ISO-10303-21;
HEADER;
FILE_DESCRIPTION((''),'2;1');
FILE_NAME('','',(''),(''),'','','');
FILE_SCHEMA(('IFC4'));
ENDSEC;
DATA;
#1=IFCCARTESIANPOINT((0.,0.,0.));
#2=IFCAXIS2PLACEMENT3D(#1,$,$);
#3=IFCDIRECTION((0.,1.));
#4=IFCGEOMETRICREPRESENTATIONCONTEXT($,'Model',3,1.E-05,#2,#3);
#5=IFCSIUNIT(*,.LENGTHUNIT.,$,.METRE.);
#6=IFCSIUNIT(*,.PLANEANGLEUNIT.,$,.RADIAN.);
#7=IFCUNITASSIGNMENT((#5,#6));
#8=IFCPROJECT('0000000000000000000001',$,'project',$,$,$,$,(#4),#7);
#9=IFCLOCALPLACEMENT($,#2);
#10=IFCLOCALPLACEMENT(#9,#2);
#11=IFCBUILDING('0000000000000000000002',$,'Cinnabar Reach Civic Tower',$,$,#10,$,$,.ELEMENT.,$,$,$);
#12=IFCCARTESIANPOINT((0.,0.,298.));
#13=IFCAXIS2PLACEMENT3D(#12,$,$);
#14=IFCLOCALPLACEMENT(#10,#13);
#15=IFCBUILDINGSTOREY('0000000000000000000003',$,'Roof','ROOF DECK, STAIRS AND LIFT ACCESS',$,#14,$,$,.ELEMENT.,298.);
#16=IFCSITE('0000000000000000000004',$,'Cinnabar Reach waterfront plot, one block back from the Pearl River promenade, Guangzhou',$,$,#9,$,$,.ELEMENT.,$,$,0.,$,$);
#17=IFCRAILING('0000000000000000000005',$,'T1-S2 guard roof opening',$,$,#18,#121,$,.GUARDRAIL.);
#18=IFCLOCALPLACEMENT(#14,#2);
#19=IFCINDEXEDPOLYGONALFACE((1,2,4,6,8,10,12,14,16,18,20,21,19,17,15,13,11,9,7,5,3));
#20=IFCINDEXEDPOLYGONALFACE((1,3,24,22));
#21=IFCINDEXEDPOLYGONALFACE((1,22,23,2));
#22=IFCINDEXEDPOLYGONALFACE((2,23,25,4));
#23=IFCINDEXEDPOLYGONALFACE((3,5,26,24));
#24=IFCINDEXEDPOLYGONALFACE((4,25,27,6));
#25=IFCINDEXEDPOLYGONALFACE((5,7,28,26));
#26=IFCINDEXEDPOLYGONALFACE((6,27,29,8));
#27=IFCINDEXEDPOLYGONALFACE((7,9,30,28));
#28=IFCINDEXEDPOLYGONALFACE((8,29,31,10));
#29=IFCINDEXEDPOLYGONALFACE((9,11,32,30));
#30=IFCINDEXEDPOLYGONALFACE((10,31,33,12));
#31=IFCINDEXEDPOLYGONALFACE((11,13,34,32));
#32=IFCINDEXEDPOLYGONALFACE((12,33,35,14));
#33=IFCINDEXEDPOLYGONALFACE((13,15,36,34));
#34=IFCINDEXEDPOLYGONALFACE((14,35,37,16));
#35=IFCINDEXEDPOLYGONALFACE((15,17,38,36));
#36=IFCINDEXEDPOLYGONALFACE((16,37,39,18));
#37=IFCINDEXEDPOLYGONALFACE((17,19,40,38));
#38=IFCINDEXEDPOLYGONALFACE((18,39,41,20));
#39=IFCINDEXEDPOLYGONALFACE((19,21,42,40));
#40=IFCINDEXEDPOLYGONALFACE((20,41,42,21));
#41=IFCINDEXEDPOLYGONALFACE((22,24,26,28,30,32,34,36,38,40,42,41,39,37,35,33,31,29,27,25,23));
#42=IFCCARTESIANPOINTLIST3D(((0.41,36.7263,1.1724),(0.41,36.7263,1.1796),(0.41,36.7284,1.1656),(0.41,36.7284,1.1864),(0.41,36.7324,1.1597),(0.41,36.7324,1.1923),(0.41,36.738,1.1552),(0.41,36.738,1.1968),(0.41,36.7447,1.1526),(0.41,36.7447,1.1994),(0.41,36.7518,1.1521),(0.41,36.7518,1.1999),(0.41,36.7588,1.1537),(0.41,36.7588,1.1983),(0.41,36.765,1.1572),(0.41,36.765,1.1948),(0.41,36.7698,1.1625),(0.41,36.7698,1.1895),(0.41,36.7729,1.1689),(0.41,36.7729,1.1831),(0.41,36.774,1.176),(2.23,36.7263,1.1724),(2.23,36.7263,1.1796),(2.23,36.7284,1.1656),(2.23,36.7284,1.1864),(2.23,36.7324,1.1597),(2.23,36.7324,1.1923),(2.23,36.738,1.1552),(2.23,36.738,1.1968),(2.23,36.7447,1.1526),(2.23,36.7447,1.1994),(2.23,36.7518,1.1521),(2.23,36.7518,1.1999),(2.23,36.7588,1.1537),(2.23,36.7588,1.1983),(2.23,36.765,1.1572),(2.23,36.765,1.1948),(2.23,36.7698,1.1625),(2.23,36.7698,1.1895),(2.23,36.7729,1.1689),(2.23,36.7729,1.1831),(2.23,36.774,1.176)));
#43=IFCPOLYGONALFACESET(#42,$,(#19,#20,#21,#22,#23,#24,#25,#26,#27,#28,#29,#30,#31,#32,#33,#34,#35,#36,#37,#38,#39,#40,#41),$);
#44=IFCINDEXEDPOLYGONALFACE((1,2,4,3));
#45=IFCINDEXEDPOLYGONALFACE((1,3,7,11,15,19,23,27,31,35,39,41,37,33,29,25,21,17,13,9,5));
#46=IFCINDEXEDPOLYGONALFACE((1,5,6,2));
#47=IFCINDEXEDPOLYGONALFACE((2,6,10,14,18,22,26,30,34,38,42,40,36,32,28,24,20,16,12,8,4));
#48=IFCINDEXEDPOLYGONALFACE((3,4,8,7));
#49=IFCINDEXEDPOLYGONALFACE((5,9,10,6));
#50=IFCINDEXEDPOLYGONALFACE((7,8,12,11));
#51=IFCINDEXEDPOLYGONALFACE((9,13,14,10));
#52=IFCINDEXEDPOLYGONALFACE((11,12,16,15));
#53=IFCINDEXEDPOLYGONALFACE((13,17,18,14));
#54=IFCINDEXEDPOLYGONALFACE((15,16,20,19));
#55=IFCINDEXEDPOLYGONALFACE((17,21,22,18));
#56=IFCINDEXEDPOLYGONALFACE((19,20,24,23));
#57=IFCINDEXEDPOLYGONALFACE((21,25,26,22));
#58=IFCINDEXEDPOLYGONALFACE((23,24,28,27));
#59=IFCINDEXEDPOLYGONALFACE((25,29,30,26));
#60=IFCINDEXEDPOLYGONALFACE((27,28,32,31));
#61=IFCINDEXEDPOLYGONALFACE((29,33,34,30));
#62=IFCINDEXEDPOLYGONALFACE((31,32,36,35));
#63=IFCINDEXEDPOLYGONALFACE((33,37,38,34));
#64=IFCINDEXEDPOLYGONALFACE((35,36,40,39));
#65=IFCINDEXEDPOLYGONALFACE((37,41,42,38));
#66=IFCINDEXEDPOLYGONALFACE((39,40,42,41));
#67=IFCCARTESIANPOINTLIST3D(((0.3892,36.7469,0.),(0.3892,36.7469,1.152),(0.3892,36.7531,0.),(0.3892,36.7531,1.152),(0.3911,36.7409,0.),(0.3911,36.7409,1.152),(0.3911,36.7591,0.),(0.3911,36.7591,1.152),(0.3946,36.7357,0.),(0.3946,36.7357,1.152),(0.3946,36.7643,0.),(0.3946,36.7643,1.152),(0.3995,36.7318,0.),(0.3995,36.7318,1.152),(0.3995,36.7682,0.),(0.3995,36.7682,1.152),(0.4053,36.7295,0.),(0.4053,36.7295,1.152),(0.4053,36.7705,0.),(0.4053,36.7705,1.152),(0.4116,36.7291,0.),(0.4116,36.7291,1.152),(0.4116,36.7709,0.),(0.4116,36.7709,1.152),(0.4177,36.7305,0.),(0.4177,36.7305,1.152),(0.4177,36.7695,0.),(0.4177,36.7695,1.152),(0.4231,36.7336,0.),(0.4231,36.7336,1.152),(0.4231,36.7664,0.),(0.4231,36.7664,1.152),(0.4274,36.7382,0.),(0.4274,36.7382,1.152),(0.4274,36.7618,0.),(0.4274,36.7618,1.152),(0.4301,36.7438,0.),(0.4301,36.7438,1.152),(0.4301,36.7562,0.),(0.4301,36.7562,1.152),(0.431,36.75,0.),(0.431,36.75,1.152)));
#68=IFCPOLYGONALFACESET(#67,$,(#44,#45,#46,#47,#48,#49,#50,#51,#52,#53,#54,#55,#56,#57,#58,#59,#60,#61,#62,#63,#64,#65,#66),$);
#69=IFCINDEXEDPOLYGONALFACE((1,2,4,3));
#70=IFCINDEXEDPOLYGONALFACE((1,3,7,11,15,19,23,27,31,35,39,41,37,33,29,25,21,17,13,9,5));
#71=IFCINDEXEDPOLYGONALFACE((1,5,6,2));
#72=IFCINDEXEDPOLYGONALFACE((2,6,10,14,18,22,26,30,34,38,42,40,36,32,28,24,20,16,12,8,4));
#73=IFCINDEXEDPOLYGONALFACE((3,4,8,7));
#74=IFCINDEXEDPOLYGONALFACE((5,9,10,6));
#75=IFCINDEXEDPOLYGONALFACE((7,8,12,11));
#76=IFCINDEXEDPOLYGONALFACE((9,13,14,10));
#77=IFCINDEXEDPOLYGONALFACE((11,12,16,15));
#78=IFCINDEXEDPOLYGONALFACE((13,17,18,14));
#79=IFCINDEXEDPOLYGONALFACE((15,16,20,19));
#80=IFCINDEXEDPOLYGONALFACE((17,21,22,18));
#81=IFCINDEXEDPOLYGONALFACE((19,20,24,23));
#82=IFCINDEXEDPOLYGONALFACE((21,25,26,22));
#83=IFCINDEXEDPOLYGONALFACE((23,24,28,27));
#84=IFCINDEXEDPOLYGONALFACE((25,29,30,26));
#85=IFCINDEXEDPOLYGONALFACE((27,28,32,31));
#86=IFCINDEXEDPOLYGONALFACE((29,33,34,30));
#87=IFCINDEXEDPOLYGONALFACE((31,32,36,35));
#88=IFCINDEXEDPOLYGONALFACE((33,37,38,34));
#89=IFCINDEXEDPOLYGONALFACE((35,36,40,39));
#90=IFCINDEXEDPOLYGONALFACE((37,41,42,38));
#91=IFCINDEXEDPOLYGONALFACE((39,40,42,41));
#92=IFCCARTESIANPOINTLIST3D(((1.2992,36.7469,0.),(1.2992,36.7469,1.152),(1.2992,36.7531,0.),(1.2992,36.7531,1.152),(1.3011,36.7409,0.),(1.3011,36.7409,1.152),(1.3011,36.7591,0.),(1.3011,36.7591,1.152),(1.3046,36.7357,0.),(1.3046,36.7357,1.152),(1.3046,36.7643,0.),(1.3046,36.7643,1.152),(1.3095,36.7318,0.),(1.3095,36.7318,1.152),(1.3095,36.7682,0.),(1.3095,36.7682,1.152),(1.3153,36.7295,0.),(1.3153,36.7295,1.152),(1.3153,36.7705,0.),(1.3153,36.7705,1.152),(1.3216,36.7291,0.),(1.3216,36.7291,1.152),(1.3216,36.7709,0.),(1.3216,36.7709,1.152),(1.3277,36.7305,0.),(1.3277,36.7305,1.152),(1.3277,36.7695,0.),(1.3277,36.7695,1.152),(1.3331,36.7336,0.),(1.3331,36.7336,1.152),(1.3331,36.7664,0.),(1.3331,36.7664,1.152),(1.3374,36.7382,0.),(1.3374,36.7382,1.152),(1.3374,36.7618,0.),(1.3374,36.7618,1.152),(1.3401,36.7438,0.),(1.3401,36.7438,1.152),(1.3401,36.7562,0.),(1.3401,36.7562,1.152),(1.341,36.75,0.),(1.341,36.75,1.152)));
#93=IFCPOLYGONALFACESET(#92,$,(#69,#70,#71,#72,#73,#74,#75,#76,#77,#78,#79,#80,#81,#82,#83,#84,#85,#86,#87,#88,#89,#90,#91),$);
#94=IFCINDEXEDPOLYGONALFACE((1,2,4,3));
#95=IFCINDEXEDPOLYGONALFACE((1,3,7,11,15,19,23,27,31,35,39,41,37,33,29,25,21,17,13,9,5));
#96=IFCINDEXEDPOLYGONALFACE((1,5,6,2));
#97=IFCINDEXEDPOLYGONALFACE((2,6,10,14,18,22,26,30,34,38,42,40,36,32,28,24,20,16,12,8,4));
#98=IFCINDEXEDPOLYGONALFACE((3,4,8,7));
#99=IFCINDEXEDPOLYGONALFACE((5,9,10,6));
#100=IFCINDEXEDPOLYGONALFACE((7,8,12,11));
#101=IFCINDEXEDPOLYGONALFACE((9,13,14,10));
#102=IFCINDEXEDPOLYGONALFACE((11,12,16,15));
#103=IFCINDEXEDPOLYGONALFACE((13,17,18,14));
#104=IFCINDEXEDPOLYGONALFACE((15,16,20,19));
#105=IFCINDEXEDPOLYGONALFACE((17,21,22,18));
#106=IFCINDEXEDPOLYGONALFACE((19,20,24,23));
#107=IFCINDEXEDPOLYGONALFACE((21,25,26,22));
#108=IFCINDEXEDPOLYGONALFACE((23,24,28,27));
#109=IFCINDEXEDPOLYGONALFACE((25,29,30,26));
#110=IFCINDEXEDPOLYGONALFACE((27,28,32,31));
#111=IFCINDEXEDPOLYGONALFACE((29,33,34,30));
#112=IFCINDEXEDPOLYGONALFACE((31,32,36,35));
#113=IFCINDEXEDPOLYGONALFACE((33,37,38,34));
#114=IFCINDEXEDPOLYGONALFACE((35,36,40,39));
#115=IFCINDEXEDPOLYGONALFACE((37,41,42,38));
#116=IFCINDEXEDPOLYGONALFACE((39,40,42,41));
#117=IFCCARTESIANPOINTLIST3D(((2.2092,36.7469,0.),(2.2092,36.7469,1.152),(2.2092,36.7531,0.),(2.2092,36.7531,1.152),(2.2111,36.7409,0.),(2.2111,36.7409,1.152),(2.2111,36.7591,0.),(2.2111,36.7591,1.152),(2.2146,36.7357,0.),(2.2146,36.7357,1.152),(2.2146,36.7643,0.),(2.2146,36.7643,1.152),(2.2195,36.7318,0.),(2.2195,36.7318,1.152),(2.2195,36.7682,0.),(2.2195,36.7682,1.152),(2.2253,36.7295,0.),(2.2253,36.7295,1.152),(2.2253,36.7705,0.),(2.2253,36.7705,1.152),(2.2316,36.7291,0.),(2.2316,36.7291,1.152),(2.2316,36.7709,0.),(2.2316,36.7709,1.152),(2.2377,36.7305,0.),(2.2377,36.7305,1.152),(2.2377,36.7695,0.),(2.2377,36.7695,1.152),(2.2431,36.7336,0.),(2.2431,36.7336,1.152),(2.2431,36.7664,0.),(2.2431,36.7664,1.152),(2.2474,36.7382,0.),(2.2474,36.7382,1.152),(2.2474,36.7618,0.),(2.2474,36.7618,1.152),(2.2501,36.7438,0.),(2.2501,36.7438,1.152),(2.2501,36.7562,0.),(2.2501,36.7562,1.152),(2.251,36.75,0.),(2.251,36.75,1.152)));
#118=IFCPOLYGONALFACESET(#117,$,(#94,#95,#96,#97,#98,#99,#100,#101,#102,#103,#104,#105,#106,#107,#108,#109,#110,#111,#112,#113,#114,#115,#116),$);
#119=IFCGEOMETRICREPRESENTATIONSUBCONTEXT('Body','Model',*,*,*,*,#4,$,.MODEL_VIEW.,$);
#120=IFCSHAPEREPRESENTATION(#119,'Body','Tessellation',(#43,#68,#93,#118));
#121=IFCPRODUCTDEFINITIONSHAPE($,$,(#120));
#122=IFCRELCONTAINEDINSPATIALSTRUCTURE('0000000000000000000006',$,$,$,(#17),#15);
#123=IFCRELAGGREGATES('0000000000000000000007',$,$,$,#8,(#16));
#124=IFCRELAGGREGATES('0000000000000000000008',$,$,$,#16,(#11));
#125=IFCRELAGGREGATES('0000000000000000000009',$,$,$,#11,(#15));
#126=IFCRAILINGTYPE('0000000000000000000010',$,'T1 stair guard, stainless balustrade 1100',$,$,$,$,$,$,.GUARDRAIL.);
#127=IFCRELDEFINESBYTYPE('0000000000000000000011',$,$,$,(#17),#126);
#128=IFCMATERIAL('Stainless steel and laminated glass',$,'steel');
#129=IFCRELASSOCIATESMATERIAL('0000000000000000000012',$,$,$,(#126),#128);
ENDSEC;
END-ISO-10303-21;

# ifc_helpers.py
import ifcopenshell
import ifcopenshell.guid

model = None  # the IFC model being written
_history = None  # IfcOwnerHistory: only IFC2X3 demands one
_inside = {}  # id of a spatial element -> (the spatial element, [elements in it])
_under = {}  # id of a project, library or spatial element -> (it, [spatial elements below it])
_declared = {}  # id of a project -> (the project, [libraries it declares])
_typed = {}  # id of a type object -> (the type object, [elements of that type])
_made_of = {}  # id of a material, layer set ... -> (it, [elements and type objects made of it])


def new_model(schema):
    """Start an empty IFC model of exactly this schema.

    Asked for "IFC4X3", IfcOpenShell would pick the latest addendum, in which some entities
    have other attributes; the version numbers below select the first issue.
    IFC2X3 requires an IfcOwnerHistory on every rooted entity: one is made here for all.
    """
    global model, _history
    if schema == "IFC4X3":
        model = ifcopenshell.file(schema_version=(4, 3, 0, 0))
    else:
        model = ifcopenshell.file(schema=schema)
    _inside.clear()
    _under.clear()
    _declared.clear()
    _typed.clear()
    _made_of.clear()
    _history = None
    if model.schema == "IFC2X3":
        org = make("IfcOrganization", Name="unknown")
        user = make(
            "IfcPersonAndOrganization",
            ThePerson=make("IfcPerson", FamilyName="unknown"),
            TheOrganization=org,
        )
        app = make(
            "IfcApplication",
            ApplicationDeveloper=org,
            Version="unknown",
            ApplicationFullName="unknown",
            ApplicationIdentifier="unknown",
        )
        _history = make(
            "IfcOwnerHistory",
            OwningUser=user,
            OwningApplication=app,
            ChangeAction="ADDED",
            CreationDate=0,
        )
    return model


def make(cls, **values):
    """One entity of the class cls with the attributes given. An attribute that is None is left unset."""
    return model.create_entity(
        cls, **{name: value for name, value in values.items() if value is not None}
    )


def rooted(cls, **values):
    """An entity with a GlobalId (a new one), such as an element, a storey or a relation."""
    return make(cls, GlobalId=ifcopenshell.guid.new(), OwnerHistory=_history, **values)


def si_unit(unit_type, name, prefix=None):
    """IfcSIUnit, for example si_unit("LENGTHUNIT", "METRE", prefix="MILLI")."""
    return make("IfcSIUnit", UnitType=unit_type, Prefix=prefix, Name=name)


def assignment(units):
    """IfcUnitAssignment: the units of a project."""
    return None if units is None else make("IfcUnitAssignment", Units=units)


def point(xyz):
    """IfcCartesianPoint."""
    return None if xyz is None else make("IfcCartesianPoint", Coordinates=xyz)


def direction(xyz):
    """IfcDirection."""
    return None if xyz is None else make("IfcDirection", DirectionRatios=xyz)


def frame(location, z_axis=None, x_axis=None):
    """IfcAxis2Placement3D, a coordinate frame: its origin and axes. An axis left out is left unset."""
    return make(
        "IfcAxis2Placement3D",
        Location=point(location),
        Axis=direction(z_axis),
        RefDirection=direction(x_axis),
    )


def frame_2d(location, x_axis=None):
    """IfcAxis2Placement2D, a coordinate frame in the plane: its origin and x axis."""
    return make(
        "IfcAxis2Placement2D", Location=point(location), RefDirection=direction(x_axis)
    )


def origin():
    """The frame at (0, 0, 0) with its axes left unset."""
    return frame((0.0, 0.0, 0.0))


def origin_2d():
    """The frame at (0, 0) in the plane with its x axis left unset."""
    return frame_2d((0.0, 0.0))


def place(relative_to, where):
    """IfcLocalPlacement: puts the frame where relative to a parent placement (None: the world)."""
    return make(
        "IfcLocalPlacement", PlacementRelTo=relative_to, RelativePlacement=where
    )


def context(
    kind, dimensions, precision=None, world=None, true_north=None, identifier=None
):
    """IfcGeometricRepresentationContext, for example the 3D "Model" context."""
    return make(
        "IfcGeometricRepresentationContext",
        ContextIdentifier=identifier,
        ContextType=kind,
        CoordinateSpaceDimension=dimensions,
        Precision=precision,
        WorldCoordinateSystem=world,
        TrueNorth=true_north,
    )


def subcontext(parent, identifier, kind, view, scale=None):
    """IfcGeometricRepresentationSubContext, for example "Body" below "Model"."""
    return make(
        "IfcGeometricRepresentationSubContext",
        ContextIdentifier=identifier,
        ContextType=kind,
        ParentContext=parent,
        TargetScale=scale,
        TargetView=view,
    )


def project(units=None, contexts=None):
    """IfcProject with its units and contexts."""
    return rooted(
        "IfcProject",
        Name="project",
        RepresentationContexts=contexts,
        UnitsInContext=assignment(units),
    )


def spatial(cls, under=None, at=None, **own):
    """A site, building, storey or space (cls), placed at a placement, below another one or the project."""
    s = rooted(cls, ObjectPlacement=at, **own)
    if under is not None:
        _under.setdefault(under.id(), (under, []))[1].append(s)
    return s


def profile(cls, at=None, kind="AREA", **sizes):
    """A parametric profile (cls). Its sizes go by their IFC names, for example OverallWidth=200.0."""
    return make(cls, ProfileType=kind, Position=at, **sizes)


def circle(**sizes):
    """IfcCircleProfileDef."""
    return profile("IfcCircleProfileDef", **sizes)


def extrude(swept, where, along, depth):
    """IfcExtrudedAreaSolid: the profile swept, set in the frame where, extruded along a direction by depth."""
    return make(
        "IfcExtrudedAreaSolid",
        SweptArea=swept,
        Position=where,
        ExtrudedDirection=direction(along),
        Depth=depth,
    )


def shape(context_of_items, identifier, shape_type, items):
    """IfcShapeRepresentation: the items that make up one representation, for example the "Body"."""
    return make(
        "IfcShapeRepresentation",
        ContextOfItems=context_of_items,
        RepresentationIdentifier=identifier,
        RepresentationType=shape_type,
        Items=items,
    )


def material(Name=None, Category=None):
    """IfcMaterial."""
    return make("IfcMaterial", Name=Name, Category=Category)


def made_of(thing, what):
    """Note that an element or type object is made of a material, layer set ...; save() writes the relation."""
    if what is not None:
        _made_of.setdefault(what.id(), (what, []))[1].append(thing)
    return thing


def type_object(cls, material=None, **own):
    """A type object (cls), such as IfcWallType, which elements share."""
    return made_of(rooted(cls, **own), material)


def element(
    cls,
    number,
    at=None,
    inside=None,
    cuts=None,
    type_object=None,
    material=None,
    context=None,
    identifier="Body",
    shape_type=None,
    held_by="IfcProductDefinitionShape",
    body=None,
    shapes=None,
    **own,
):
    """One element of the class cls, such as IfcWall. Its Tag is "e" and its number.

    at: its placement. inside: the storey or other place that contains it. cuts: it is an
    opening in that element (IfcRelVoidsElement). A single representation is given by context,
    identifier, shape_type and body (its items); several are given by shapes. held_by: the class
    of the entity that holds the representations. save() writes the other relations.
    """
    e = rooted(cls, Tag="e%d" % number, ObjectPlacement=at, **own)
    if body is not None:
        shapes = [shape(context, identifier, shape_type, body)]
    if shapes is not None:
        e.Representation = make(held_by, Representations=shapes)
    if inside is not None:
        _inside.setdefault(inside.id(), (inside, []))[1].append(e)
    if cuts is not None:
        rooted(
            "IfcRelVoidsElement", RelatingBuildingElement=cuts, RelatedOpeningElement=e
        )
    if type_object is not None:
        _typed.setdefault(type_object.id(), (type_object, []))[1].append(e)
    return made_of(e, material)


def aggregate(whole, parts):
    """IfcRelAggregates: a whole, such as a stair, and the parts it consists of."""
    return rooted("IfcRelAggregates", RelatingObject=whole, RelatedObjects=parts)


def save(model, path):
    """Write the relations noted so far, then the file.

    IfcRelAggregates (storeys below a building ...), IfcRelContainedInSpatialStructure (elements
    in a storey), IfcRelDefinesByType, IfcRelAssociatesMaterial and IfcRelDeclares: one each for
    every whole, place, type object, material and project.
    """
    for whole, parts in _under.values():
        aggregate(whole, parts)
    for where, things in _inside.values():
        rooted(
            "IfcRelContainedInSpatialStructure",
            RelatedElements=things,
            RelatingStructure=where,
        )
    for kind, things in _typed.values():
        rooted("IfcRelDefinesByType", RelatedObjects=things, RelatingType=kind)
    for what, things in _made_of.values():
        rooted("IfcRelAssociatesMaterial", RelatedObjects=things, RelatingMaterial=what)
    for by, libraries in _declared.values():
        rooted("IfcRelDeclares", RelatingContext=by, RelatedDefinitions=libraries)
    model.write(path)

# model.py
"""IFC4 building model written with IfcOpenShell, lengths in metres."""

from ifc_helpers import new_model, si_unit, direction, frame, origin, origin_2d, place, context, subcontext, project, spatial, circle, extrude, material, type_object, element, save


model = new_model("IFC4")

# Units and contexts
model_context = context("Model", 3, precision=1e-05, world=origin(), true_north=direction((0.0, 1.0)))
body_context = subcontext(model_context, "Body", "Model", "MODEL_VIEW")
ifc_project = project(units=[si_unit("LENGTHUNIT", "METRE"), si_unit("PLANEANGLEUNIT", "RADIAN")], contexts=[model_context])

# Site, building, storey
site_placement = place(None, origin())
site = spatial("IfcSite", under=ifc_project, at=site_placement, Name="Cinnabar Reach waterfront plot, one block back from the Pearl River promenade, Guangzhou", CompositionType="ELEMENT", RefElevation=0.0)
building_placement = place(site_placement, origin())
building = spatial("IfcBuilding", under=site, at=building_placement, Name="Cinnabar Reach Civic Tower", CompositionType="ELEMENT")
storey_placement = place(building_placement, frame((0.0, 0.0, 298.0)))
storey = spatial("IfcBuildingStorey", under=building, at=storey_placement, Name="Roof", Description="ROOF DECK, STAIRS AND LIFT ACCESS", CompositionType="ELEMENT", Elevation=298.0)

# Railing
ifc_material_1 = material(Name="Stainless steel and laminated glass", Category="steel")
railing_type_1 = type_object("IfcRailingType", Name="T1 stair guard, stainless balustrade 1100", PredefinedType="GUARDRAIL", material=ifc_material_1)
railing_1_placement = place(storey_placement, frame((0.41, 36.75, 0.0)))
element("IfcRailing", 1, at=railing_1_placement, inside=storey, type_object=railing_type_1, Name="T1-S2 guard roof opening", PredefinedType="GUARDRAIL", context=body_context, shape_type="SweptSolid", body=[
    extrude(circle(Radius=0.024, at=origin_2d()), frame((0.0, 0.0, 1.176), z_axis=(1.0, 0.0, 0.0), x_axis=(0.0, 1.0, 0.0)), (0.0, 0.0, 1.0), 1.82),
    extrude(circle(Radius=0.021, at=origin_2d()), origin(), (0.0, 0.0, 1.0), 1.152),
    extrude(circle(Radius=0.021, at=origin_2d()), frame((0.91, 0.0, 0.0)), (0.0, 0.0, 1.0), 1.152),
    extrude(circle(Radius=0.021, at=origin_2d()), frame((1.82, 0.0, 0.0)), (0.0, 0.0, 1.0), 1.152),
])

save(model, "model.ifc")
